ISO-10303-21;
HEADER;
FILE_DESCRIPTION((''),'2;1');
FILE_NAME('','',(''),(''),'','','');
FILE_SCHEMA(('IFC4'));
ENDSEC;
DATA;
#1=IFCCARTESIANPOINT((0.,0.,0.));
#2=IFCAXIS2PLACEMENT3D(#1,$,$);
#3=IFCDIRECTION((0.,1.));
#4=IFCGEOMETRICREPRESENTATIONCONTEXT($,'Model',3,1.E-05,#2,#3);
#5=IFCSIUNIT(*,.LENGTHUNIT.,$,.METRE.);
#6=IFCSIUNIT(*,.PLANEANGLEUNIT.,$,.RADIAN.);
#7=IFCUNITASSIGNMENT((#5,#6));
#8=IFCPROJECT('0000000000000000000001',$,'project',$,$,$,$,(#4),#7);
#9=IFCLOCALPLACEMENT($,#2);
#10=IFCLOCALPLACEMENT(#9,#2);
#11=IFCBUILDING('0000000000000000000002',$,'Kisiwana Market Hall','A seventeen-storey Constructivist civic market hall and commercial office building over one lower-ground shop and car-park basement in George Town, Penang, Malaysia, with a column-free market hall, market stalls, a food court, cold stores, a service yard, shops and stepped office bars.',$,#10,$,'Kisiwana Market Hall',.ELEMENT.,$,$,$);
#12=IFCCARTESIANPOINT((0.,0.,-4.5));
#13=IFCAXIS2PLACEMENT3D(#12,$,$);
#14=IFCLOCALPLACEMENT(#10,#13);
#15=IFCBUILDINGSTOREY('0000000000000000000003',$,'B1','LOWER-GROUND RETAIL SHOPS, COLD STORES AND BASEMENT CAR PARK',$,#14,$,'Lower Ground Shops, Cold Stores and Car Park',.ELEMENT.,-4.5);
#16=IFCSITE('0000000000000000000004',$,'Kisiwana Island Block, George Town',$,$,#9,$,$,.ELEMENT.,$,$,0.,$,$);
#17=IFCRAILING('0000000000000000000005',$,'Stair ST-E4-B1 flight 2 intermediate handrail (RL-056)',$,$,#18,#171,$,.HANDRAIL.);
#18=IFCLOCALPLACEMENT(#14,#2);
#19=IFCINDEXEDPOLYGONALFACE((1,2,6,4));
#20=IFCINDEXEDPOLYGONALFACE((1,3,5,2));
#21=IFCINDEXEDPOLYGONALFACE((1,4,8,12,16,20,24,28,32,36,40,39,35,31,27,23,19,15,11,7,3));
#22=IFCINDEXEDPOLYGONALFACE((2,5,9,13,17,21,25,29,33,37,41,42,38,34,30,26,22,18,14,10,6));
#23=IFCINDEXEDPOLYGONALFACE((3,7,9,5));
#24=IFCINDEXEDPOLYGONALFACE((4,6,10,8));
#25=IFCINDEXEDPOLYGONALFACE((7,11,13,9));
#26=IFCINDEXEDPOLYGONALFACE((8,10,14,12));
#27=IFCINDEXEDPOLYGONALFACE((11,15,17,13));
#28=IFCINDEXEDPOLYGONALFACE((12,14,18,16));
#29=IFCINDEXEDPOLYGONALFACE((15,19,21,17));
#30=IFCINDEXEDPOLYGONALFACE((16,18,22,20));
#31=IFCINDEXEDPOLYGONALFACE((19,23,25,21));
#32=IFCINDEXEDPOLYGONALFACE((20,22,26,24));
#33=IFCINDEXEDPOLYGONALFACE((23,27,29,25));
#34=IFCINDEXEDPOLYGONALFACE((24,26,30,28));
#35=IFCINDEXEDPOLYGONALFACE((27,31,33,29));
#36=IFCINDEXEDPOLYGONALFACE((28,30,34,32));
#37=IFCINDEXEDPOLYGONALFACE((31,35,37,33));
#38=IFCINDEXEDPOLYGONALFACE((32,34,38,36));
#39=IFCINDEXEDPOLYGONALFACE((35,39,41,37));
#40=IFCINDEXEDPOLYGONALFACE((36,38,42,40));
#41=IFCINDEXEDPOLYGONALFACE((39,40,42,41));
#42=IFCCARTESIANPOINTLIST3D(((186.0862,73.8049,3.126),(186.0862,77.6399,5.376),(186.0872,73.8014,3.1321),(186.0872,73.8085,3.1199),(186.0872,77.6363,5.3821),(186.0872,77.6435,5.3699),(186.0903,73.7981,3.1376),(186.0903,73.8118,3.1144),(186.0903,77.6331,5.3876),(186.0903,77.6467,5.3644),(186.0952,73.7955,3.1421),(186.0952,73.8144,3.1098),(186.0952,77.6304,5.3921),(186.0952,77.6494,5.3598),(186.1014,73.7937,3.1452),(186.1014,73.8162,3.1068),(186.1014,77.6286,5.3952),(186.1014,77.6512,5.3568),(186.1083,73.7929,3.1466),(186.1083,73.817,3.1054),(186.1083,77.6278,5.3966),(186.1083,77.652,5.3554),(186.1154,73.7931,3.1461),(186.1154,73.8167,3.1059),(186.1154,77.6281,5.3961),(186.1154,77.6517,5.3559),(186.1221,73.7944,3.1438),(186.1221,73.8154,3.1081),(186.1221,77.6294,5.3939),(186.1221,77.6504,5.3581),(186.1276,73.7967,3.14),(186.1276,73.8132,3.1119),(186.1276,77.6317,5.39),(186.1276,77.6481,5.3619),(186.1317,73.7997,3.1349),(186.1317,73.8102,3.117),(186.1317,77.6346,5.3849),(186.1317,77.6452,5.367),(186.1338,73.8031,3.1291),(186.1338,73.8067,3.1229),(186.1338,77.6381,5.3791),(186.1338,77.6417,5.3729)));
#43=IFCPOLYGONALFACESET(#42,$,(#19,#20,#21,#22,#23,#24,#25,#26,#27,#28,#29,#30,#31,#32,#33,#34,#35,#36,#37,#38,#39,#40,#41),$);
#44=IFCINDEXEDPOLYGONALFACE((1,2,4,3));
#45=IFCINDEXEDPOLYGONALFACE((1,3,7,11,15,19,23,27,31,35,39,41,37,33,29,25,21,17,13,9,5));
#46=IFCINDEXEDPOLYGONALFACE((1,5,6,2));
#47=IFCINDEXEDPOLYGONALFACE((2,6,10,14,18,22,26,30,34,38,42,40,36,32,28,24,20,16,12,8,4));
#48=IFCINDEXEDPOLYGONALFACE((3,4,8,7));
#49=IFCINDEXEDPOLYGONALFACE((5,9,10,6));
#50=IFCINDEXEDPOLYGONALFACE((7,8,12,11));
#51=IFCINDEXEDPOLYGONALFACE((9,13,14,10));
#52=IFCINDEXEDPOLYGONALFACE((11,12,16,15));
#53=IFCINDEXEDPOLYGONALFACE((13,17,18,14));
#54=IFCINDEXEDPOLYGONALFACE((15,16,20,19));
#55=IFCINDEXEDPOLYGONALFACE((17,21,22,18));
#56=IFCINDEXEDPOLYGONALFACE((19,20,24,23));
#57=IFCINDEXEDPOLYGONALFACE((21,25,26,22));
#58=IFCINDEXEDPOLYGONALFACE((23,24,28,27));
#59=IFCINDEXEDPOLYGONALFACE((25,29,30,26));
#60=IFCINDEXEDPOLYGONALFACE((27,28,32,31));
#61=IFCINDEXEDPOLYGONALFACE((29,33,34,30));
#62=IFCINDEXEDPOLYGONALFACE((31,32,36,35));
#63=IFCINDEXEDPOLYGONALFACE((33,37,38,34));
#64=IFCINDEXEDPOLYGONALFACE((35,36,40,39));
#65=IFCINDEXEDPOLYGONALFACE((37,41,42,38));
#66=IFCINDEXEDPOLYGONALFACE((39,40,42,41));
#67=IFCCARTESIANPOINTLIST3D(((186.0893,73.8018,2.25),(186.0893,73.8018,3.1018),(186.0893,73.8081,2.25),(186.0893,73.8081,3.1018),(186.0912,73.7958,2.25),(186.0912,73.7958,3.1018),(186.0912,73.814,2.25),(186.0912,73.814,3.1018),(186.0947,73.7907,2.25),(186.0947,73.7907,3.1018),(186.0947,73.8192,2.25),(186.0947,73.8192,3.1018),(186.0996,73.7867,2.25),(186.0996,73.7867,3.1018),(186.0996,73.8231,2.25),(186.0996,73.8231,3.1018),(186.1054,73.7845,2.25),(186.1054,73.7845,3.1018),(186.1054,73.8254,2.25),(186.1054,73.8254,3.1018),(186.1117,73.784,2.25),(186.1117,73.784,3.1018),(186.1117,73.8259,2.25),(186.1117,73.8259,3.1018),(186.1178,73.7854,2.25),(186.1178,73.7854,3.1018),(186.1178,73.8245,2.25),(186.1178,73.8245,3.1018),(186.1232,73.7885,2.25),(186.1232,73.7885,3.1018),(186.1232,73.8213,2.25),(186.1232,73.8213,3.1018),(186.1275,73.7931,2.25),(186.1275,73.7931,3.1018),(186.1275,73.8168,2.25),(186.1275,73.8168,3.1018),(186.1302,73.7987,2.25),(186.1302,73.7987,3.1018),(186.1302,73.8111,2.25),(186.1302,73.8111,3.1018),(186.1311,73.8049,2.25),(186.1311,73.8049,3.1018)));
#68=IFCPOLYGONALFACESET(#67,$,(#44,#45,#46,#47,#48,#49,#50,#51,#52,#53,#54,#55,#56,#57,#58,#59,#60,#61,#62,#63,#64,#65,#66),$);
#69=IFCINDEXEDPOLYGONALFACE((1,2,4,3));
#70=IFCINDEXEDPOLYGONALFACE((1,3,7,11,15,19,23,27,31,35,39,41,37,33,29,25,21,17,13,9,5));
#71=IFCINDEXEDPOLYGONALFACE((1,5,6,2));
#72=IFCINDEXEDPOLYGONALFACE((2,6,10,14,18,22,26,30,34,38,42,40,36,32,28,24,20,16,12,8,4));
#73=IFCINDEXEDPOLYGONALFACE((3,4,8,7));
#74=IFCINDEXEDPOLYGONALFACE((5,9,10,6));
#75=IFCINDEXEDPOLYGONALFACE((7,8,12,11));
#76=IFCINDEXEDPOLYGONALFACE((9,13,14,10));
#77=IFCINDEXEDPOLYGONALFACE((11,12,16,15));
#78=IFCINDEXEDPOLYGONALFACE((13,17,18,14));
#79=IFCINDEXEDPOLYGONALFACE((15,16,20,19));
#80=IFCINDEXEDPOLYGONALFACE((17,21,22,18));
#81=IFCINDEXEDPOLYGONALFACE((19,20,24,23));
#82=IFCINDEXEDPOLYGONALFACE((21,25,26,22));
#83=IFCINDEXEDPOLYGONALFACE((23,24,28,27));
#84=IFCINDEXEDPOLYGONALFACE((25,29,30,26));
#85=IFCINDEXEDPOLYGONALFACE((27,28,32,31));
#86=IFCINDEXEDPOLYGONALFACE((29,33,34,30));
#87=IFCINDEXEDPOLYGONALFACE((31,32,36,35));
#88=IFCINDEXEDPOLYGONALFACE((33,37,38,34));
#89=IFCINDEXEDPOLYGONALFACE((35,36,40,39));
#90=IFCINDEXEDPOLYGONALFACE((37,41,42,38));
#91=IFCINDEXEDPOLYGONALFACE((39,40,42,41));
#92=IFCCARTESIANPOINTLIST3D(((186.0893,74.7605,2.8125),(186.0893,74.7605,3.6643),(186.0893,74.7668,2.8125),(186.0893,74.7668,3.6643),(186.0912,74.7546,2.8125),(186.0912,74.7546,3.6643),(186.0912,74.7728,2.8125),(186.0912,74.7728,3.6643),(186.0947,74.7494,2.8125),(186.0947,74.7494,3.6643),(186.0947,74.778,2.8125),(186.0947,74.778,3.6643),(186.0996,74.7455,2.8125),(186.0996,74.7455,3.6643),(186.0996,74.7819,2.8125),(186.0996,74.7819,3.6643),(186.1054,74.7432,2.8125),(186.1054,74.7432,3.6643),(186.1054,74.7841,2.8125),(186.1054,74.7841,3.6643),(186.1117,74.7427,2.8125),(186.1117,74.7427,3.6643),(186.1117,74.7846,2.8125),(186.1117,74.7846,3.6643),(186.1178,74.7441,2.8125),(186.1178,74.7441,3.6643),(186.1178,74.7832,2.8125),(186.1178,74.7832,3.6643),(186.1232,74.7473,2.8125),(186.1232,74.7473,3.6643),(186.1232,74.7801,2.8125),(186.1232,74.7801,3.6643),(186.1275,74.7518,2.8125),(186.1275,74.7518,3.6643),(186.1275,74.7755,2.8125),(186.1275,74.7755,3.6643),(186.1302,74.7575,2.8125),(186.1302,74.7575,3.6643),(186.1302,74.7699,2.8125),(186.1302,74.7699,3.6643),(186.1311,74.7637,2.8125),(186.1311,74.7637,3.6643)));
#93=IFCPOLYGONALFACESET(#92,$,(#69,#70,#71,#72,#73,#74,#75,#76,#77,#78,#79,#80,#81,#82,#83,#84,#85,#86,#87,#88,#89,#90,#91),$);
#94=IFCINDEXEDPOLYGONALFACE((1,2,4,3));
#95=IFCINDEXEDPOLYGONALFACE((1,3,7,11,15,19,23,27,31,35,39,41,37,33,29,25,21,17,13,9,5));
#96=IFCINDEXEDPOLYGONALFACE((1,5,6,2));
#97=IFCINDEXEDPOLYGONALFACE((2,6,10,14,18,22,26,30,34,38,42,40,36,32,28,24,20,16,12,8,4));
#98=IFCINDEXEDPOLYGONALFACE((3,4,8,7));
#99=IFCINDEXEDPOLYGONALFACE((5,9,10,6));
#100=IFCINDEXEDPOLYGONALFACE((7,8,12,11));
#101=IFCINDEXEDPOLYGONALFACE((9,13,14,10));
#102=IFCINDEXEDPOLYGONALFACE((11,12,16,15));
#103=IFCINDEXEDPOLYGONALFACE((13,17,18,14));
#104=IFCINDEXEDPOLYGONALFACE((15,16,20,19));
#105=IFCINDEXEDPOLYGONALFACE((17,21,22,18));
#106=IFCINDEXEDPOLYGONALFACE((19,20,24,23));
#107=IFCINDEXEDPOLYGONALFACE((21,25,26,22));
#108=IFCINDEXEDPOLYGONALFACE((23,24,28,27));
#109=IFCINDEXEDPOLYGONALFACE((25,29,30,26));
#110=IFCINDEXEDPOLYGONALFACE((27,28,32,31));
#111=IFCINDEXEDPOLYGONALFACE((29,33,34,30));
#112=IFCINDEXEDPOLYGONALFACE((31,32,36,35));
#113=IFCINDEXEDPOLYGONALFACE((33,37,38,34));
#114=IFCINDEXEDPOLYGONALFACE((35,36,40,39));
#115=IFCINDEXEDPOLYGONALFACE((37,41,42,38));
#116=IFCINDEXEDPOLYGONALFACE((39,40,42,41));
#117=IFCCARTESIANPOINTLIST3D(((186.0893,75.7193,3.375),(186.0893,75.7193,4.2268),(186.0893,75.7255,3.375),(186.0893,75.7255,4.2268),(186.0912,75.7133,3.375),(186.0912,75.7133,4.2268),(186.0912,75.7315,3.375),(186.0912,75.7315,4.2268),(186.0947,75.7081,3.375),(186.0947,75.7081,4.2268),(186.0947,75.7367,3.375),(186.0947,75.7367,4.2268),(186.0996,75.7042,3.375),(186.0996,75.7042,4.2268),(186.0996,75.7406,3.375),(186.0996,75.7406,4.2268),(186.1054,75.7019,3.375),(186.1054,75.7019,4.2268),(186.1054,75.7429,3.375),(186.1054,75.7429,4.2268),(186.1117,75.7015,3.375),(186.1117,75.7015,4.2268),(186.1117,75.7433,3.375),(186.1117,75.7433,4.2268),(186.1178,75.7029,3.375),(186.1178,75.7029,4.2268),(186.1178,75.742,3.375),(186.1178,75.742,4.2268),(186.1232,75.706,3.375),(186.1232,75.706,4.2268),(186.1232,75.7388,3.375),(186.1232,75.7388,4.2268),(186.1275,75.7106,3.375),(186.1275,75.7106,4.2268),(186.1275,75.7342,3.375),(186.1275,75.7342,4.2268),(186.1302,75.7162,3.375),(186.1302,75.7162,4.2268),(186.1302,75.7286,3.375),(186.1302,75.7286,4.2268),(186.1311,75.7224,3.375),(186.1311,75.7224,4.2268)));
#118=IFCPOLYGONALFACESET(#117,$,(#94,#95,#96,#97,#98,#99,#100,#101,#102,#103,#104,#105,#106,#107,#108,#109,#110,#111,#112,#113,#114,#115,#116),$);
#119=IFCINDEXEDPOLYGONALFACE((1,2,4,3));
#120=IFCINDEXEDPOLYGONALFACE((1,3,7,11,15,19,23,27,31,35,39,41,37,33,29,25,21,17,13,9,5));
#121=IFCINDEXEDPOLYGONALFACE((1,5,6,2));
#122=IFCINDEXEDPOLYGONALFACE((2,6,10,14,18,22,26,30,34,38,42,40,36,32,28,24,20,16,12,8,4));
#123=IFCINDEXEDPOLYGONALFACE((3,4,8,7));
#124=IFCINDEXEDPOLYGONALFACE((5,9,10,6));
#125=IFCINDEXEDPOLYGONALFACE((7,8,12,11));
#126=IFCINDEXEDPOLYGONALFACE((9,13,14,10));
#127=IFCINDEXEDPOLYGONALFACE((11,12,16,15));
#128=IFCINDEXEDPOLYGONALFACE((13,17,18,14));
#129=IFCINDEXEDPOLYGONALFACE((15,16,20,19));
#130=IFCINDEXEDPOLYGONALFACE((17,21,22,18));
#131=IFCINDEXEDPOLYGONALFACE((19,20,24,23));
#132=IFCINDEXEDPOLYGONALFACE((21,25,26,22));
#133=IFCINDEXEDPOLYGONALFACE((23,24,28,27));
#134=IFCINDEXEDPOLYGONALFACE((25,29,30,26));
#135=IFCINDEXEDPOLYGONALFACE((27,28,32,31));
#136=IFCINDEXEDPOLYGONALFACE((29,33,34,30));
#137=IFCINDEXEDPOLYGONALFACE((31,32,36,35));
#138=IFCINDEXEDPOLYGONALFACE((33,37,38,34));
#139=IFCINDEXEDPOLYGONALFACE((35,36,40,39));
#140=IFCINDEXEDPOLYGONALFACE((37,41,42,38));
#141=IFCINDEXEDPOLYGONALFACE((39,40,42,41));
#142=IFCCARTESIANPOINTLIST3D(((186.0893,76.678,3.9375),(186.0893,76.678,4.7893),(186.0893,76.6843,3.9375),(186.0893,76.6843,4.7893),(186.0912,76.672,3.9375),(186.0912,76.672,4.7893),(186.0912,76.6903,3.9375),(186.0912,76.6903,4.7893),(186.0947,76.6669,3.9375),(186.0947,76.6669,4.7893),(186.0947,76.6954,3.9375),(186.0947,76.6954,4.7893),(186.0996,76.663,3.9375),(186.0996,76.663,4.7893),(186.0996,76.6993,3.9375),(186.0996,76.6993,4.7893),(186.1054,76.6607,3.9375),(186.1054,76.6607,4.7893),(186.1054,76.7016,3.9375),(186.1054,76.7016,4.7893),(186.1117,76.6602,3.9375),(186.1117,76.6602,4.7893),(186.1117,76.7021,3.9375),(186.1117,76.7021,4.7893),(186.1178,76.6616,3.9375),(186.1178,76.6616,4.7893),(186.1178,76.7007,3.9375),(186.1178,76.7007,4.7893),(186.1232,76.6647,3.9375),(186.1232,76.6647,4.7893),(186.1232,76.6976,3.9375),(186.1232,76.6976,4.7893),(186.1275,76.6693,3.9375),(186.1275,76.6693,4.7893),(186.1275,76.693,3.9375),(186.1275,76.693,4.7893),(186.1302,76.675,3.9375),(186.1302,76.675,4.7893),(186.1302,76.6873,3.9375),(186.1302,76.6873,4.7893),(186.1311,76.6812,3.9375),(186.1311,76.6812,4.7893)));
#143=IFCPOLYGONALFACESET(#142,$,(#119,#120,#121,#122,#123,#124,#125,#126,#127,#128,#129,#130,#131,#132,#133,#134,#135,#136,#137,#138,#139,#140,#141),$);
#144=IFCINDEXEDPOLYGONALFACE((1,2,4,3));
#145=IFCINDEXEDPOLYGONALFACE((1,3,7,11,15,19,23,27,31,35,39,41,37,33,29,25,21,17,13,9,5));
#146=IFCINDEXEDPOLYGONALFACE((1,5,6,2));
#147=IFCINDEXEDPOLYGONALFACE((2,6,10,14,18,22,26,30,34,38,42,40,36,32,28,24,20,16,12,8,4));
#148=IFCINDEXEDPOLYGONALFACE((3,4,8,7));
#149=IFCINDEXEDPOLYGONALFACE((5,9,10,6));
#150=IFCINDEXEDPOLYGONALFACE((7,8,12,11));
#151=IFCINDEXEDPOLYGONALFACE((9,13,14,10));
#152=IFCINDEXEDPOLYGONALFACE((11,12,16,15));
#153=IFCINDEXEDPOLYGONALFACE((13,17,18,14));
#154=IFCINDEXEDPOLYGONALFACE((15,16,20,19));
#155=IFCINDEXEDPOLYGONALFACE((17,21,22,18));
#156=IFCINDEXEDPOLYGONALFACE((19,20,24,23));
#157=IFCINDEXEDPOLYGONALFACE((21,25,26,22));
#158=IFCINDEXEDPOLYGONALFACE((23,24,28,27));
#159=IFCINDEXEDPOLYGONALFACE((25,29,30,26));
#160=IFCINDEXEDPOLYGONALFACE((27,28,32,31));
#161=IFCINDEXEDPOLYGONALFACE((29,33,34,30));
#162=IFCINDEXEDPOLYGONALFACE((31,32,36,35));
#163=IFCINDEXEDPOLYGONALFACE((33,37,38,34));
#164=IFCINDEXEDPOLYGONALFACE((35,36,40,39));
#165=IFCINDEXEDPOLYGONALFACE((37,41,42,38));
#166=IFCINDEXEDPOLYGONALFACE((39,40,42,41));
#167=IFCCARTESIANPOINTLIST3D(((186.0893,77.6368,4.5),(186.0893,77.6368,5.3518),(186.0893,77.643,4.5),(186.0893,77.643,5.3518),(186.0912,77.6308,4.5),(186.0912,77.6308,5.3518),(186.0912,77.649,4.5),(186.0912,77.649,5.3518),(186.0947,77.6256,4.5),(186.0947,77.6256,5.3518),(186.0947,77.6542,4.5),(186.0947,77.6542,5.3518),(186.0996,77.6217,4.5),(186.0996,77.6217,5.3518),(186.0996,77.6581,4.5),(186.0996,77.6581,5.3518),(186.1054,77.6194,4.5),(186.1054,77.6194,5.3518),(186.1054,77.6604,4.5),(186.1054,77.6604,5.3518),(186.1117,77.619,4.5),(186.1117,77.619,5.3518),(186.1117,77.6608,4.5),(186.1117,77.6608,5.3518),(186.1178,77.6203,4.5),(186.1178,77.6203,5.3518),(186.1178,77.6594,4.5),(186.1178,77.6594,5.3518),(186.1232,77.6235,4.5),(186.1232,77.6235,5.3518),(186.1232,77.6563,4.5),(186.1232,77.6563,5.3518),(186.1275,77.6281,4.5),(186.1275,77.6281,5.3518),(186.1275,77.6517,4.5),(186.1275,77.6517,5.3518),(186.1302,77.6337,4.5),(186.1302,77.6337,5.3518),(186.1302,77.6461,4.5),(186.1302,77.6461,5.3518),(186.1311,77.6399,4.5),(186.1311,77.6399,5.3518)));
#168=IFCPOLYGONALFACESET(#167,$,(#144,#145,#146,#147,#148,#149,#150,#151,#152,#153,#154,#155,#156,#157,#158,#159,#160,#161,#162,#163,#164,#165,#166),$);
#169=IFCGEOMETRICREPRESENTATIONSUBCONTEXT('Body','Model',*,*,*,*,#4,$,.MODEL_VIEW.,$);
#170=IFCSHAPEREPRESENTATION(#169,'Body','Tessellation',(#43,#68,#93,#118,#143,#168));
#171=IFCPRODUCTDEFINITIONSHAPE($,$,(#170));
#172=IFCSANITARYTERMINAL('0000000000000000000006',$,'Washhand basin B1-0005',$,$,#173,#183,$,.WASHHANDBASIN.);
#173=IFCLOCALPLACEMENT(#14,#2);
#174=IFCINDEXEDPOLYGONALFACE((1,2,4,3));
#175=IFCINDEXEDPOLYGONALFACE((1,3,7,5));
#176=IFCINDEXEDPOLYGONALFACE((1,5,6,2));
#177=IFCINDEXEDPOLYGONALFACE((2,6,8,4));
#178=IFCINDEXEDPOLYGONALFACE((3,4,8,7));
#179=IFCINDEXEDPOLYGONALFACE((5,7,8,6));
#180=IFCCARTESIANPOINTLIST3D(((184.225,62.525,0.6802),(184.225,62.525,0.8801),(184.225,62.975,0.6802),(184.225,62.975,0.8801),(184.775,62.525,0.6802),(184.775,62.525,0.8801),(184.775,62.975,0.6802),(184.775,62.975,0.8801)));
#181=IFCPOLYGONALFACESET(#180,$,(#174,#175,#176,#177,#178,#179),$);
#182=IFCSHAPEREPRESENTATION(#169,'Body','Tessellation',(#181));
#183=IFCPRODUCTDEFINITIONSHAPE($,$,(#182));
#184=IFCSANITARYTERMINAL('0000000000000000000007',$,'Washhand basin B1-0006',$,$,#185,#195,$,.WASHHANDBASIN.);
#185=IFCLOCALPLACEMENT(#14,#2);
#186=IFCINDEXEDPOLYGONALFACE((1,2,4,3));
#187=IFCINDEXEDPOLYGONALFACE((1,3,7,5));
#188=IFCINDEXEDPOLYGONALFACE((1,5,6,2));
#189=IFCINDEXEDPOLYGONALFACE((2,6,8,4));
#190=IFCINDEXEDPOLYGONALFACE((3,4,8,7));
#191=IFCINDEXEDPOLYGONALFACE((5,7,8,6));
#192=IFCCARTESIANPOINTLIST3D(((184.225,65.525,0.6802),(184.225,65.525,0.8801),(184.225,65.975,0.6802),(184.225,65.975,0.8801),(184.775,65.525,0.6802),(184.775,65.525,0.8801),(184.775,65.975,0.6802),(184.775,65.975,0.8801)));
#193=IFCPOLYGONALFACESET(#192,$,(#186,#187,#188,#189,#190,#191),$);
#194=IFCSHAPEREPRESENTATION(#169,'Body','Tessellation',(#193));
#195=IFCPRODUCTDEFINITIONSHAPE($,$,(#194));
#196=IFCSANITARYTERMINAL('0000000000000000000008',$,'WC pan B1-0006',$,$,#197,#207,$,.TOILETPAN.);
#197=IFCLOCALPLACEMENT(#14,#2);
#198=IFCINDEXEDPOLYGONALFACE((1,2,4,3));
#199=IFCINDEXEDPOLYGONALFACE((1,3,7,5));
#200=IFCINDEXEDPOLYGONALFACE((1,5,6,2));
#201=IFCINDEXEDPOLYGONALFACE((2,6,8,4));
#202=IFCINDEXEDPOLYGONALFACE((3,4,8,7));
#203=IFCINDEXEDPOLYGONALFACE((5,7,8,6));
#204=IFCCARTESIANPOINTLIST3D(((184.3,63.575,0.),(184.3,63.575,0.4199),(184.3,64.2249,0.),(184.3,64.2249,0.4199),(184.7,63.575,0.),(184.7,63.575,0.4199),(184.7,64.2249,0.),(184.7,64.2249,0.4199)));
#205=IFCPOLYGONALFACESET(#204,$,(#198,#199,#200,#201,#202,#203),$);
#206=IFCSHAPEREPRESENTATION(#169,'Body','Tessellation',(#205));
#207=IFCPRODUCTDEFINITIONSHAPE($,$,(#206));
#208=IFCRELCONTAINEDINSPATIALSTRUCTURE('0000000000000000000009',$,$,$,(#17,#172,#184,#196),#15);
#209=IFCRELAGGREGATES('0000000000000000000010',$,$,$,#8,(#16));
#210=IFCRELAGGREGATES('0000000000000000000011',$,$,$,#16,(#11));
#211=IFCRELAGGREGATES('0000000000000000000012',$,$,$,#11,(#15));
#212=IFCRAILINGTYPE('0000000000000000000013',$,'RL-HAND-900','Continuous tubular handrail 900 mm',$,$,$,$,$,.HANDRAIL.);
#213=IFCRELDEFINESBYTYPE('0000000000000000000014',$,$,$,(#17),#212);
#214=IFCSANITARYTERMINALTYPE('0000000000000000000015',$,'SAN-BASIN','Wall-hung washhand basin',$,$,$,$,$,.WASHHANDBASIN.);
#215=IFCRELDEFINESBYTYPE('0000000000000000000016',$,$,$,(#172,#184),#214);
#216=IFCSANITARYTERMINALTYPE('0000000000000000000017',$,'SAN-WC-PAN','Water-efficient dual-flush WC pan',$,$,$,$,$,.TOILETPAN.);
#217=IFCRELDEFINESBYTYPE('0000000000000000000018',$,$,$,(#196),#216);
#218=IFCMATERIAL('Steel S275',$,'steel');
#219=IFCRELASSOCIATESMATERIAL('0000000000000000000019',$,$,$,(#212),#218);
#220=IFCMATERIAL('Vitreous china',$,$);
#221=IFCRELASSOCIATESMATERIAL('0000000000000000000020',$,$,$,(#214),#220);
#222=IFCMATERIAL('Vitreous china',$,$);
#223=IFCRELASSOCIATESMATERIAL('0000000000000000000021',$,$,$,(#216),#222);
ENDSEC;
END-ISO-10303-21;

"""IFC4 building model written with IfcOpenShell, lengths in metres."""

from ifc_helpers import new_model, si_unit, direction, frame, origin, origin_2d, place, context, subcontext, project, spatial, rectangle, circle, extrude, material, type_object, element, save


model = new_model("IFC4")

# Units and contexts
model_context = context("Model", 3, precision=1e-05, world=origin(), true_north=direction((0.0, 1.0)))
body_context = subcontext(model_context, "Body", "Model", "MODEL_VIEW")
ifc_project = project(units=[si_unit("LENGTHUNIT", "METRE"), si_unit("PLANEANGLEUNIT", "RADIAN")], contexts=[model_context])

# Site, building, storey
site_placement = place(None, origin())
site = spatial("IfcSite", under=ifc_project, at=site_placement, Name="Kisiwana Island Block, George Town", CompositionType="ELEMENT", RefElevation=0.0)
building_placement = place(site_placement, origin())
building = spatial("IfcBuilding", under=site, at=building_placement, Name="Kisiwana Market Hall", Description="A seventeen-storey Constructivist civic market hall and commercial office building over one lower-ground shop and car-park basement in George Town, Penang, Malaysia, with a column-free market hall, market stalls, a food court, cold stores, a service yard, shops and stepped office bars.", LongName="Kisiwana Market Hall", CompositionType="ELEMENT")
storey_placement = place(building_placement, frame((0.0, 0.0, -4.5)))
storey = spatial("IfcBuildingStorey", under=building, at=storey_placement, Name="B1", Description="LOWER-GROUND RETAIL SHOPS, COLD STORES AND BASEMENT CAR PARK", LongName="Lower Ground Shops, Cold Stores and Car Park", CompositionType="ELEMENT", Elevation=-4.5)

# Railing
ifc_material_1 = material(Name="Steel S275", Category="steel")
railing_type = type_object("IfcRailingType", Name="RL-HAND-900", Description="Continuous tubular handrail 900 mm", PredefinedType="HANDRAIL", material=ifc_material_1)
railing_placement = place(storey_placement, frame((186.1101, 73.8049, 2.25)))
element("IfcRailing", 1, at=railing_placement, inside=storey, type_object=railing_type, Name="Stair ST-E4-B1 flight 2 intermediate handrail (RL-056)", PredefinedType="HANDRAIL", context=body_context, shape_type="SweptSolid", body=[
    extrude(circle(Radius=0.0239, at=origin_2d()), frame((0.0, 0.0, 0.876), z_axis=(0.0, 0.86251, 0.506041), x_axis=(-1.0, 0.0, 0.0)), (0.0, 0.0, 1.0), 4.4463),
    extrude(circle(Radius=0.021, at=origin_2d()), origin(), (0.0, 0.0, 1.0), 0.8518),
    extrude(circle(Radius=0.021, at=origin_2d()), frame((0.0, 0.9587, 0.5625)), (0.0, 0.0, 1.0), 0.8518),
    extrude(circle(Radius=0.021, at=origin_2d()), frame((0.0, 1.9175, 1.125)), (0.0, 0.0, 1.0), 0.8518),
    extrude(circle(Radius=0.021, at=origin_2d()), frame((0.0, 2.8762, 1.6875)), (0.0, 0.0, 1.0), 0.8518),
    extrude(circle(Radius=0.021, at=origin_2d()), frame((0.0, 3.835, 2.25)), (0.0, 0.0, 1.0), 0.8518),
])

# Sanitary terminals
ifc_material_2 = material(Name="Vitreous china")
sanitary_terminal_type_1 = type_object("IfcSanitaryTerminalType", Name="SAN-BASIN", Description="Wall-hung washhand basin", PredefinedType="WASHHANDBASIN", material=ifc_material_2)
for number, where, z_axis, x_axis, name in (
    (2, (184.5, 62.75, 0.6802), (0.0, 0.0, 1.0), (1.0, 0.0, 0.0), "Washhand basin B1-0005"),
    (3, (184.5, 65.75, 0.6802), (0.0, 0.0, 1.0), (1.0, 0.0, 0.0), "Washhand basin B1-0006"),
):
    element("IfcSanitaryTerminal", number, at=place(storey_placement, frame(where, z_axis=z_axis, x_axis=x_axis)), inside=storey, type_object=sanitary_terminal_type_1, Name=name, PredefinedType="WASHHANDBASIN", context=body_context, shape_type="SweptSolid", body=[
        extrude(rectangle(XDim=0.55, YDim=0.45, at=origin_2d()), origin(), (0.0, 0.0, 1.0), 0.2),
    ])
ifc_material_3 = material(Name="Vitreous china")
sanitary_terminal_type_2 = type_object("IfcSanitaryTerminalType", Name="SAN-WC-PAN", Description="Water-efficient dual-flush WC pan", PredefinedType="TOILETPAN", material=ifc_material_3)
sanitary_terminal_placement = place(storey_placement, frame((184.5, 63.8999, 0.0), z_axis=(0.0, 0.0, 1.0), x_axis=(1.0, 0.0, 0.0)))
element("IfcSanitaryTerminal", 4, at=sanitary_terminal_placement, inside=storey, type_object=sanitary_terminal_type_2, Name="WC pan B1-0006", PredefinedType="TOILETPAN", context=body_context, shape_type="SweptSolid", body=[
    extrude(rectangle(XDim=0.3999, YDim=0.6499, at=origin_2d()), origin(), (0.0, 0.0, 1.0), 0.4199),
])

save(model, "model.ifc")
